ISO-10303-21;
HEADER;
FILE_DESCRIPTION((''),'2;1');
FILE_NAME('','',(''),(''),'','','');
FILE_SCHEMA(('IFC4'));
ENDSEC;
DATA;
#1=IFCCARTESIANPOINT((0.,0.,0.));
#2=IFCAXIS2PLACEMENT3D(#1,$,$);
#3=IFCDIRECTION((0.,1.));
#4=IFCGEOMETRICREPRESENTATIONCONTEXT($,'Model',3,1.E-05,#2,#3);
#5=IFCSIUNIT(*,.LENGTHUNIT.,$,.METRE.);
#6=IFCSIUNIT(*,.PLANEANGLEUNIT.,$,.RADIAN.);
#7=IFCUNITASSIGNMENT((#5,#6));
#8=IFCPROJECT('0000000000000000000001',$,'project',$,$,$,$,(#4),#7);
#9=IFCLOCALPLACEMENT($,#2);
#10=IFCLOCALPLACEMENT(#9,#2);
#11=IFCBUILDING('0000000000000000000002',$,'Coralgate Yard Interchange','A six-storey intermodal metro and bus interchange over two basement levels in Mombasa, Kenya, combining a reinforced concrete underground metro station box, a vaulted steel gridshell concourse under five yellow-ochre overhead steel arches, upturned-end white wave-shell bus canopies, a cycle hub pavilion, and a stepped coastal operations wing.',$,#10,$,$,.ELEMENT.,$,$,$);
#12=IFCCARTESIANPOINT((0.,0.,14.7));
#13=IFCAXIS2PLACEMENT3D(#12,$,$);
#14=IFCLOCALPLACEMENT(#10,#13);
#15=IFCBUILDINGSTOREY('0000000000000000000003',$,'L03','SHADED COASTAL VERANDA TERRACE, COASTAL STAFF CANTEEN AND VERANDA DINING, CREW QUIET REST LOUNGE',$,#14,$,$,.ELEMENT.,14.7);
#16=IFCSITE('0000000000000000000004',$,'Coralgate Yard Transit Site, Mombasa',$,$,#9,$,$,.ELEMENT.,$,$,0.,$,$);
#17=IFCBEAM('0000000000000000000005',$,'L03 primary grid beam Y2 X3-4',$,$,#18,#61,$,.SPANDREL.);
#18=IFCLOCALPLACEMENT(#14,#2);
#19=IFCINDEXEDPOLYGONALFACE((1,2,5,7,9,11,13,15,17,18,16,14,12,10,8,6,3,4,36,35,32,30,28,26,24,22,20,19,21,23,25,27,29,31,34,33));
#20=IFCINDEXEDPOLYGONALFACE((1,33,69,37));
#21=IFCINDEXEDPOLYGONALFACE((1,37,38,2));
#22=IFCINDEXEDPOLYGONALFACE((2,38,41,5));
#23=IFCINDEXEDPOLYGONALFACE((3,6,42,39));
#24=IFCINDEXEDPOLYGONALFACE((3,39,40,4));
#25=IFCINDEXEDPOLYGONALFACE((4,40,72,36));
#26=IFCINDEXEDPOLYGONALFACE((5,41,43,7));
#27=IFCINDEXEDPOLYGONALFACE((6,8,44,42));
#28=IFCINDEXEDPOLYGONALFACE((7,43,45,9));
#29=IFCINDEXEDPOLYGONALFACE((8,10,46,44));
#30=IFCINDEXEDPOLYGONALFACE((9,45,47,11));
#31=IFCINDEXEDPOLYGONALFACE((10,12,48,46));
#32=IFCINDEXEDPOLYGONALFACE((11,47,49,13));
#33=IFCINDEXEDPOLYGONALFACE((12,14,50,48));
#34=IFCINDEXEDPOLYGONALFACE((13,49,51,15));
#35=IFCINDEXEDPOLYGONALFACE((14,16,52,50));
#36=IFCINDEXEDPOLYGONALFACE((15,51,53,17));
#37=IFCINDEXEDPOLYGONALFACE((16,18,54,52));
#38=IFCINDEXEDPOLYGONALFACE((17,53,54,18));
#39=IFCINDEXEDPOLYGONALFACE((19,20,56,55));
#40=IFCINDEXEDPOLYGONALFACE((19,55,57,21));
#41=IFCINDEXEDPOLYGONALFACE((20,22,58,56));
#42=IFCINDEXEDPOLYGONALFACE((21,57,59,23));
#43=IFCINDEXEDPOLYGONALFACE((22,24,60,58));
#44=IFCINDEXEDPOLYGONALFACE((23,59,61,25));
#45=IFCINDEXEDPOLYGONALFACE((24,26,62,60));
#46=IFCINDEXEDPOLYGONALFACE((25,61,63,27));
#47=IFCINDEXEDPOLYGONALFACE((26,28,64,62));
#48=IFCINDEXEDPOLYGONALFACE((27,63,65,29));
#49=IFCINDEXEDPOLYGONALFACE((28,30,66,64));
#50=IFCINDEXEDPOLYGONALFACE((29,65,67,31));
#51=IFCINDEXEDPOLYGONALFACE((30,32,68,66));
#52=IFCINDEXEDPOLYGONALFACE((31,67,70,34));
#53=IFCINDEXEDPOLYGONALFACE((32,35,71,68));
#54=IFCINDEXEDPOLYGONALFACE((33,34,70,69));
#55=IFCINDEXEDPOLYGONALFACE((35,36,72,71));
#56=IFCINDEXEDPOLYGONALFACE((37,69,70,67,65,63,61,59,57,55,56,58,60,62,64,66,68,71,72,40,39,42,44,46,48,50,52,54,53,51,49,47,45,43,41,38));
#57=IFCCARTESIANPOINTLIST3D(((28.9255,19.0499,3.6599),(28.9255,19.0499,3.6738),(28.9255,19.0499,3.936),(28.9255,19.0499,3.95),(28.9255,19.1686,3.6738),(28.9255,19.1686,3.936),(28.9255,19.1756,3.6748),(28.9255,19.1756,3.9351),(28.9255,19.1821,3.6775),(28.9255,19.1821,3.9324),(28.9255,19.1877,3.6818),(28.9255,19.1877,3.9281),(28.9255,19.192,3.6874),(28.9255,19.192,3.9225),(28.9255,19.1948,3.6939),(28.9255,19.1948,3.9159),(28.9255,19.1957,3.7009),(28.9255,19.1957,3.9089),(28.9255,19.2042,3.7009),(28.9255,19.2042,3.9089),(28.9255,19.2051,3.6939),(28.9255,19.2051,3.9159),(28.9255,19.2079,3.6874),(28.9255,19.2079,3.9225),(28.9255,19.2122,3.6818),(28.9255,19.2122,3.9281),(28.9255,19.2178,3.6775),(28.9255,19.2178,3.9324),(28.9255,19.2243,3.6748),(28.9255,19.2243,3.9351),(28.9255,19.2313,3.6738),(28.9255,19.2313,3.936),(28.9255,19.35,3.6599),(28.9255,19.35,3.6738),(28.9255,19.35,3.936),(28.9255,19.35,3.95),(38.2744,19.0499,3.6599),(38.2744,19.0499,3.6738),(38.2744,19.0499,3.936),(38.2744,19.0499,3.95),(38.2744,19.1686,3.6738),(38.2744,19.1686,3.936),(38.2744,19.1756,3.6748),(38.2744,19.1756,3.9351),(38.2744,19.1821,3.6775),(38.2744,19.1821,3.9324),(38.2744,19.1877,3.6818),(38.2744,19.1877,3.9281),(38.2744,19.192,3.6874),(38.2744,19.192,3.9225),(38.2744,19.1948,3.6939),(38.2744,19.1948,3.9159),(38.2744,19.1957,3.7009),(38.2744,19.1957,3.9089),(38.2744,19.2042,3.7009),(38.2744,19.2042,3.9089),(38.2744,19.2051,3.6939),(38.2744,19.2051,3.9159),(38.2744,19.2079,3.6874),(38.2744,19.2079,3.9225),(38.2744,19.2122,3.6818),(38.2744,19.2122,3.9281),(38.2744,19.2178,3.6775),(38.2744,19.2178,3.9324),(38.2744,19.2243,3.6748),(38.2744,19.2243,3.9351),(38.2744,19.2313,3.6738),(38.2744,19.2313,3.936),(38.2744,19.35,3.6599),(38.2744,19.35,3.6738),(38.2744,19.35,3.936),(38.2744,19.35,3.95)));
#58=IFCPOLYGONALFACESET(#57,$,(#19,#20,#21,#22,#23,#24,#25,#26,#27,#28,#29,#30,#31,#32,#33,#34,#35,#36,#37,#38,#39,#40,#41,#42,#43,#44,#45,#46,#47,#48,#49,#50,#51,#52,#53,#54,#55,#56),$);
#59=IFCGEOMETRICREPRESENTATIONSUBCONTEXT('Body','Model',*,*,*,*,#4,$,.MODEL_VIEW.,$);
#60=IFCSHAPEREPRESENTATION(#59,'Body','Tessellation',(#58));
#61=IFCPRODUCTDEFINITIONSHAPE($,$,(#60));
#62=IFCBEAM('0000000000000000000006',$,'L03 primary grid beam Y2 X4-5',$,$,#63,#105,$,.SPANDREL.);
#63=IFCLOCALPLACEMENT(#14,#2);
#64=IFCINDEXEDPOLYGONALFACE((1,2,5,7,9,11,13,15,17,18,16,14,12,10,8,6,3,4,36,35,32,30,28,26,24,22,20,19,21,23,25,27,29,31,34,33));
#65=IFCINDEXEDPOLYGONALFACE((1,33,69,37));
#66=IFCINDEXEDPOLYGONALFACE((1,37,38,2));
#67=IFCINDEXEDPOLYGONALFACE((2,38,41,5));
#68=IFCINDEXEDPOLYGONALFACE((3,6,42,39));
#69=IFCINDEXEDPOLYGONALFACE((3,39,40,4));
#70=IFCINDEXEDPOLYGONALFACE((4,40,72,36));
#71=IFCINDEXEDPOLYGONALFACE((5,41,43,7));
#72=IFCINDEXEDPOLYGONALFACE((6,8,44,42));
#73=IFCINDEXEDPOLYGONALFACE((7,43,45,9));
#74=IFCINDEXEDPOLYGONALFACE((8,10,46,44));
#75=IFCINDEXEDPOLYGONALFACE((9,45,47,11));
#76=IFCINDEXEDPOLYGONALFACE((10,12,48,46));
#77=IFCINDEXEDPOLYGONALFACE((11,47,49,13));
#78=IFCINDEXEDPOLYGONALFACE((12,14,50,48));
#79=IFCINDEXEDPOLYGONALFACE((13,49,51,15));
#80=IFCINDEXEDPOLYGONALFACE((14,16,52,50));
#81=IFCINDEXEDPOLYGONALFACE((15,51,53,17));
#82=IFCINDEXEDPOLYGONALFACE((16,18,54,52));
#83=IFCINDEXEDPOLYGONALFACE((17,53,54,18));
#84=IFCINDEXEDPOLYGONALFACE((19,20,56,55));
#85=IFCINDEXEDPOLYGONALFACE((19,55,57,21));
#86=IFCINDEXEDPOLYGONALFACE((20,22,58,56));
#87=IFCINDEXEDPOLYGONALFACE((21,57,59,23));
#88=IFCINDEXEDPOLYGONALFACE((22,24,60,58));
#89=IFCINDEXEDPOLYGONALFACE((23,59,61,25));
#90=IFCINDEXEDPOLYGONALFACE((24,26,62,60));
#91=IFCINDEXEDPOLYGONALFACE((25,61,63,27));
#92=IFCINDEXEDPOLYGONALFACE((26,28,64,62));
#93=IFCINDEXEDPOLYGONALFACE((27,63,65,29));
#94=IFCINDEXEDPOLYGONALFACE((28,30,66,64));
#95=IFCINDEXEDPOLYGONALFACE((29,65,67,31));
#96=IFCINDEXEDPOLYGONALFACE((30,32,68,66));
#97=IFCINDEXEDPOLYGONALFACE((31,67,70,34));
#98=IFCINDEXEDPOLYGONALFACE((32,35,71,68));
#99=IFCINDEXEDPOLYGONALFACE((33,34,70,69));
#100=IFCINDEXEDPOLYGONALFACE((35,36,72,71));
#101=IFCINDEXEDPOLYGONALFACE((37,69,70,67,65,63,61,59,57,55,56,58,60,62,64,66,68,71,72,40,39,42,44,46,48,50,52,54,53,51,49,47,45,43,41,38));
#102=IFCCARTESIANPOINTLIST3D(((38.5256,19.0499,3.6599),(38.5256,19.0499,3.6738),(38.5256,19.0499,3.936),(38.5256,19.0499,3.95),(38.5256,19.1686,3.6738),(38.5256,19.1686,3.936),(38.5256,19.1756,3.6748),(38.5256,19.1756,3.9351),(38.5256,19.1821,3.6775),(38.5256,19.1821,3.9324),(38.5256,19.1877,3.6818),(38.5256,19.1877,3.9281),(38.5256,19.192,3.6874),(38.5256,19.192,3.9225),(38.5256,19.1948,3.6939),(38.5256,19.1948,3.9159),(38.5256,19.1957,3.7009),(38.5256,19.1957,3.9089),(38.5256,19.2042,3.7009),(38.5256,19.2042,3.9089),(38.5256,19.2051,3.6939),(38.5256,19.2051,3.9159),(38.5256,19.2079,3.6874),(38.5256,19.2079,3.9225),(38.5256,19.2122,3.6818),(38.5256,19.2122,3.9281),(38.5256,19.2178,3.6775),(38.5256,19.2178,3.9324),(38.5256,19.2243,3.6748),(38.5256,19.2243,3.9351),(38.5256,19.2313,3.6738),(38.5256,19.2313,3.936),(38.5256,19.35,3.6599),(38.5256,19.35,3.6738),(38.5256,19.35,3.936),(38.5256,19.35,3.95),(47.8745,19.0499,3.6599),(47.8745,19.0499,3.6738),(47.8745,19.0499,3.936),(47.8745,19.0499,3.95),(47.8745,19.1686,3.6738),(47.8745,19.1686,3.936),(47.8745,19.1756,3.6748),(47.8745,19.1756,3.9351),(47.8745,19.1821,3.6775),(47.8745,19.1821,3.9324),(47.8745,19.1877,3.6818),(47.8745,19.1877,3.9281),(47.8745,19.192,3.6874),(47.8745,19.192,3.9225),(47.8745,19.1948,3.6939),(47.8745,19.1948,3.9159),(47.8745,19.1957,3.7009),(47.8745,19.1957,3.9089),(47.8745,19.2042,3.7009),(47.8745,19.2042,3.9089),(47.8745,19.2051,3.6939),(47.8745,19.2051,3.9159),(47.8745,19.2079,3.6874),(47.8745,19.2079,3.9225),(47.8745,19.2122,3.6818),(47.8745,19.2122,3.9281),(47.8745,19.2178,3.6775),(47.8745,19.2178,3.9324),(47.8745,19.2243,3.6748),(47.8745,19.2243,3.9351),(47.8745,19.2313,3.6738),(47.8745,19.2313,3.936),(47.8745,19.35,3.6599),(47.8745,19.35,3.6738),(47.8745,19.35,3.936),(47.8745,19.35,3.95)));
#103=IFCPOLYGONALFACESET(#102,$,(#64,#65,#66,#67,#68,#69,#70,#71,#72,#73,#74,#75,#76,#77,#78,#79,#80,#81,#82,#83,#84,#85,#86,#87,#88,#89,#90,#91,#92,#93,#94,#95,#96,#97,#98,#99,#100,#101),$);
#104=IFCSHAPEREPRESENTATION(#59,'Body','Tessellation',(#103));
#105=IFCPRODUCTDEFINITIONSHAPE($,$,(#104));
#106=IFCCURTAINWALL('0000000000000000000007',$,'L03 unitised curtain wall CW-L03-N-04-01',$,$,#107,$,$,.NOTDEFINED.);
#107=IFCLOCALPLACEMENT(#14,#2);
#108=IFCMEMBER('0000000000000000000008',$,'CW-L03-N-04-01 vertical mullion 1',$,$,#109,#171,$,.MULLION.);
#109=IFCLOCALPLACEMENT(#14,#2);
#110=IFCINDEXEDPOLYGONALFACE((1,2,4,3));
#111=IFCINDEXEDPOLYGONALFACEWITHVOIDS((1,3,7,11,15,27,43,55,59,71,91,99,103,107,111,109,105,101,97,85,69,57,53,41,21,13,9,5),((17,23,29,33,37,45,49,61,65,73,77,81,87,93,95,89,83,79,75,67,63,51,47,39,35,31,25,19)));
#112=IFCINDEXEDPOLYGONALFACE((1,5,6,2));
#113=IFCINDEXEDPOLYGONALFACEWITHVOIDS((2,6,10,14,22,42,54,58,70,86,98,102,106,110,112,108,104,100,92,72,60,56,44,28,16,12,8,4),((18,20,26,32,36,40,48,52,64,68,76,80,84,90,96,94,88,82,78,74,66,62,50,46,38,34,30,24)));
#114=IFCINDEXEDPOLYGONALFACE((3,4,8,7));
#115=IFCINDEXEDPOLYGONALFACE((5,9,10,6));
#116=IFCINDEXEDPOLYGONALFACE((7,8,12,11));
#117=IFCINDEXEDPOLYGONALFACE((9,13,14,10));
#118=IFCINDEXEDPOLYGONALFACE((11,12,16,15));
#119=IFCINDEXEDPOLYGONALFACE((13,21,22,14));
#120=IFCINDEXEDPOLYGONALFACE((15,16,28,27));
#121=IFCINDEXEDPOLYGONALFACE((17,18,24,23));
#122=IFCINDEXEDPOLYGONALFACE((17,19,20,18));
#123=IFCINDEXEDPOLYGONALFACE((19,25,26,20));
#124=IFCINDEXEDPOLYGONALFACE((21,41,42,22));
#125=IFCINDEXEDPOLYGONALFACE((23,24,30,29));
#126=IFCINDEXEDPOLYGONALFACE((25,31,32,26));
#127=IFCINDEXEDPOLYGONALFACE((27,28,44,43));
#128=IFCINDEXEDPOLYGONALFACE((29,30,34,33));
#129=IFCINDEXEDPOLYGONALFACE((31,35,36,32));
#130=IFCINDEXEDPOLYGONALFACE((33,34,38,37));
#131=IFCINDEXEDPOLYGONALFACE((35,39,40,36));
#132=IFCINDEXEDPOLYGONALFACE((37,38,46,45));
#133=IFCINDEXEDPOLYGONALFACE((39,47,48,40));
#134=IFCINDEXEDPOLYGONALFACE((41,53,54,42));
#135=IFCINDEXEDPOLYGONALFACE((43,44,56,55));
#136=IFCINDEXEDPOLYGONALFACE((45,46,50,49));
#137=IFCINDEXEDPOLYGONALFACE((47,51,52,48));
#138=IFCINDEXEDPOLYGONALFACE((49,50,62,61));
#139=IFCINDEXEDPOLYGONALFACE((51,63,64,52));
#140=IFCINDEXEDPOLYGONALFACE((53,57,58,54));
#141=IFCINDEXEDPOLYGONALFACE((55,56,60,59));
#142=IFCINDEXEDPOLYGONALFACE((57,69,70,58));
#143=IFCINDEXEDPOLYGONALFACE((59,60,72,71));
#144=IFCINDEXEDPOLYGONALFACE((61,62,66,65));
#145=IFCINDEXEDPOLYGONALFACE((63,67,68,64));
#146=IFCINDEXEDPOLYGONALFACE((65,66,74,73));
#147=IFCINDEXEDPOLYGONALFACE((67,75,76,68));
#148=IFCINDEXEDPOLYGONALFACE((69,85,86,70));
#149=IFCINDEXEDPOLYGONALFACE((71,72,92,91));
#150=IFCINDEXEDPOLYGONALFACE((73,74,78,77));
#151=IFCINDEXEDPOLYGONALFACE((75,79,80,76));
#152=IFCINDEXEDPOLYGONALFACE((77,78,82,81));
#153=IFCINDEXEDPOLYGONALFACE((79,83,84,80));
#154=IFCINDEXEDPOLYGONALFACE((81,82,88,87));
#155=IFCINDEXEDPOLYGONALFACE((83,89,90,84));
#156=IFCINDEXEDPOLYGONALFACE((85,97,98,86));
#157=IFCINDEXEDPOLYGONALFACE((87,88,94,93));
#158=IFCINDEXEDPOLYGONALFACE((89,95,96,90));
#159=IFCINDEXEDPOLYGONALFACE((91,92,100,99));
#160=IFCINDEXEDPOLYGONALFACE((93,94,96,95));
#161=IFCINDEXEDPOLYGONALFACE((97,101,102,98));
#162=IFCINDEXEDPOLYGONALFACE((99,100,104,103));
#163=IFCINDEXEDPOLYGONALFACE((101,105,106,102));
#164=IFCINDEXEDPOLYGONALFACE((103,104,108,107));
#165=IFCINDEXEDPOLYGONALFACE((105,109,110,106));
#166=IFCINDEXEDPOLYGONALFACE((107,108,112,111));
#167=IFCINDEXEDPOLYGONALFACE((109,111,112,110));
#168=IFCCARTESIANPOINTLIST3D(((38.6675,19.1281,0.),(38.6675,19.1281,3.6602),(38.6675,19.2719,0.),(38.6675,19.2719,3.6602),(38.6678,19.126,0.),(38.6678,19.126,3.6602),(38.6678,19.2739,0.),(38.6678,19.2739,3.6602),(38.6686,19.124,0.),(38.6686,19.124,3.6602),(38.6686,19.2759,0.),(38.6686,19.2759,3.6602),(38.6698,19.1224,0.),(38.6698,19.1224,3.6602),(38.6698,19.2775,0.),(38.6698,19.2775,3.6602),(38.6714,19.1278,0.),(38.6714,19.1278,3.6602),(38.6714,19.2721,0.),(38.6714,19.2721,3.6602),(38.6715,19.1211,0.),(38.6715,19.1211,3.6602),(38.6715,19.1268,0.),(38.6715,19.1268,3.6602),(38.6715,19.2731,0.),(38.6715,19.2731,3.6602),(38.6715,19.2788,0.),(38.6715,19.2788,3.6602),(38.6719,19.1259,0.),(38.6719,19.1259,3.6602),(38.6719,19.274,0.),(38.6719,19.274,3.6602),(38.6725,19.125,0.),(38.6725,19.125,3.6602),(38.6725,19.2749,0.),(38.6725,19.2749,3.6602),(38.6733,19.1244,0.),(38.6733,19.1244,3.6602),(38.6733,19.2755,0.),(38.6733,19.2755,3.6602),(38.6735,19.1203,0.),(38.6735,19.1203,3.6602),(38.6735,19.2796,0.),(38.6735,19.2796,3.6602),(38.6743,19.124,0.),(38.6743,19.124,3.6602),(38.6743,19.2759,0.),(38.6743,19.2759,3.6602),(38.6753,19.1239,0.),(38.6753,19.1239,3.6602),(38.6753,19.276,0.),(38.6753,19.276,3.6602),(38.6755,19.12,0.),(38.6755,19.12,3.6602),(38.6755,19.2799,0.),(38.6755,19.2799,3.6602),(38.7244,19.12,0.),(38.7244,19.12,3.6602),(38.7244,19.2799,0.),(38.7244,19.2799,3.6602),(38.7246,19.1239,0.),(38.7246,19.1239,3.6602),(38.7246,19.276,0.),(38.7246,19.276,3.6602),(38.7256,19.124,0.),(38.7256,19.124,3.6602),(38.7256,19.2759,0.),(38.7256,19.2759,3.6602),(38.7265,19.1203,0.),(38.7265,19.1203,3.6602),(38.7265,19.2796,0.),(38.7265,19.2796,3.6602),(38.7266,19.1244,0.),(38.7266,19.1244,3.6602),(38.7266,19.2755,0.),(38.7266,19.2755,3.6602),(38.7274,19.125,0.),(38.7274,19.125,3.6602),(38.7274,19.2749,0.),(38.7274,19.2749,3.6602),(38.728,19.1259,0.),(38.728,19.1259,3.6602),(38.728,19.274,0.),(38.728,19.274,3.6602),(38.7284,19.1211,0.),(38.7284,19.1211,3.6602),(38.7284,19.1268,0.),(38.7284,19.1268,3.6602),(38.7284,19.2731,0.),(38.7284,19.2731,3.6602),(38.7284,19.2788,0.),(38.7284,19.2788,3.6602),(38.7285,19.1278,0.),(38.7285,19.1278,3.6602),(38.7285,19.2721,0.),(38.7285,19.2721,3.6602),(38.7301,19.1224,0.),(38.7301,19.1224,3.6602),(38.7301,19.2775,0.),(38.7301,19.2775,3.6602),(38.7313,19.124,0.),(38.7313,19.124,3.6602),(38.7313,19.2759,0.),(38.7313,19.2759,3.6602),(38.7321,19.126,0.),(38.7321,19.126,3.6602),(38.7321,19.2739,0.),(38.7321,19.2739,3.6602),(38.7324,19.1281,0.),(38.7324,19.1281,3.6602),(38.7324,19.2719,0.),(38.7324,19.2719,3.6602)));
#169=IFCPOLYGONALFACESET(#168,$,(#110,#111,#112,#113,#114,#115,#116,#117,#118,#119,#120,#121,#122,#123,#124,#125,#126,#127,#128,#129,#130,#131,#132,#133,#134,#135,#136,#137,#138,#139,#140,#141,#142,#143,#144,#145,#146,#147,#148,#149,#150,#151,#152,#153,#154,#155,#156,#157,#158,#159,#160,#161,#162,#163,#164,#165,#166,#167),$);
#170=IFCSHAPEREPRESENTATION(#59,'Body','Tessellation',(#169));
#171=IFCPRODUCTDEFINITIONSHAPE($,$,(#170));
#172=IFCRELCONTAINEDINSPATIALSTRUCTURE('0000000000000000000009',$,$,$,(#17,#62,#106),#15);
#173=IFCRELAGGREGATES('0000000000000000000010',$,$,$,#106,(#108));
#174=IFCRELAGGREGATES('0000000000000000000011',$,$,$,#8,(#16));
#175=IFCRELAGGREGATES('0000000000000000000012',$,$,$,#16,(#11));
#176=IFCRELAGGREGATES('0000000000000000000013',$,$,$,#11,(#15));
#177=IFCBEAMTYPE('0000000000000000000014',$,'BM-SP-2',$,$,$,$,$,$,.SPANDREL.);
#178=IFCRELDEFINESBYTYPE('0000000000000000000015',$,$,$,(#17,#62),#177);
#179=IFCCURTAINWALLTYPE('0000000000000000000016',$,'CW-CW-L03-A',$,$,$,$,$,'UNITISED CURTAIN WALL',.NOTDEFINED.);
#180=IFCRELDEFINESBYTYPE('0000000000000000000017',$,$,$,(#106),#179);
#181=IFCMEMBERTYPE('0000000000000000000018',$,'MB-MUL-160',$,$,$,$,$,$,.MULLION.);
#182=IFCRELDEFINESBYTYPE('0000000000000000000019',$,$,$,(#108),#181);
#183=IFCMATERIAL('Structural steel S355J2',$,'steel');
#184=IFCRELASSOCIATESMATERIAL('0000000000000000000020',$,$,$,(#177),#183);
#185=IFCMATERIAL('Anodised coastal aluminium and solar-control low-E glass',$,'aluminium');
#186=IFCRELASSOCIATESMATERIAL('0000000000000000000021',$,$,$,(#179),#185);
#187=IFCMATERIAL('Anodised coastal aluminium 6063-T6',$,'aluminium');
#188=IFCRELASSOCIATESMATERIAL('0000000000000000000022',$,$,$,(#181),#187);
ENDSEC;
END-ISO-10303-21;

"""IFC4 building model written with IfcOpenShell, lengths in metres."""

from ifc_helpers import new_model, si_unit, direction, frame, origin, origin_2d, place, context, subcontext, project, spatial, hollow_rectangle, i_section, extrude, material, material_profile, profile_set, type_object, element, aggregate, save


model = new_model("IFC4")

# Units and contexts
model_context = context("Model", 3, precision=1e-05, world=origin(), true_north=direction((0.0, 1.0)))
body_context = subcontext(model_context, "Body", "Model", "MODEL_VIEW")
ifc_project = project(units=[si_unit("LENGTHUNIT", "METRE"), si_unit("PLANEANGLEUNIT", "RADIAN")], contexts=[model_context])

# Site, building, storey
site_placement = place(None, origin())
site = spatial("IfcSite", under=ifc_project, at=site_placement, Name="Coralgate Yard Transit Site, Mombasa", CompositionType="ELEMENT", RefElevation=0.0)
building_placement = place(site_placement, origin())
building = spatial("IfcBuilding", under=site, at=building_placement, Name="Coralgate Yard Interchange", Description="A six-storey intermodal metro and bus interchange over two basement levels in Mombasa, Kenya, combining a reinforced concrete underground metro station box, a vaulted steel gridshell concourse under five yellow-ochre overhead steel arches, upturned-end white wave-shell bus canopies, a cycle hub pavilion, and a stepped coastal operations wing.", CompositionType="ELEMENT")
storey_placement = place(building_placement, frame((0.0, 0.0, 14.7)))
storey = spatial("IfcBuildingStorey", under=building, at=storey_placement, Name="L03", Description="SHADED COASTAL VERANDA TERRACE, COASTAL STAFF CANTEEN AND VERANDA DINING, CREW QUIET REST LOUNGE", CompositionType="ELEMENT", Elevation=14.7)

# Shared definitions
ifc_material_1 = material(Name="Structural steel S355J2", Category="steel")

# Beams
ifc_material_profile_1 = material_profile(ifc_material_1, i_section(OverallWidth=0.3, OverallDepth=0.29, WebThickness=0.0085, FlangeThickness=0.0139, FilletRadius=0.0271, at=origin_2d()), Name="HEA 300")
ifc_profile_set_1 = profile_set([ifc_material_profile_1], Name="Structural steel S355J2")
beam_type_1 = type_object("IfcBeamType", Name="BM-SP-2", PredefinedType="SPANDREL", material=ifc_profile_set_1)
for number, where, z_axis, x_axis, name in (
    (1, (28.9255, 19.2, 3.8049), (1.0, 0.0, 0.0), (0.0, 1.0, 0.0), "L03 primary grid beam Y2 X3-4"),
    (2, (38.5256, 19.2, 3.8049), (1.0, 0.0, 0.0), (0.0, 1.0, 0.0), "L03 primary grid beam Y2 X4-5"),
):
    element("IfcBeam", number, at=place(storey_placement, frame(where, z_axis=z_axis, x_axis=x_axis)), inside=storey, type_object=beam_type_1, Name=name, PredefinedType="SPANDREL", context=body_context, shape_type="SweptSolid", body=[
        extrude(i_section(OverallWidth=0.3, OverallDepth=0.29, WebThickness=0.0085, FlangeThickness=0.0139, FilletRadius=0.0271, at=origin_2d()), origin(), (0.0, 0.0, 1.0), 9.3489),
    ])

# Curtain wall, member
ifc_material_2 = material(Name="Anodised coastal aluminium and solar-control low-E glass", Category="aluminium")
curtain_wall_type = type_object("IfcCurtainWallType", Name="CW-CW-L03-A", ElementType="UNITISED CURTAIN WALL", PredefinedType="NOTDEFINED", material=ifc_material_2)
curtain_wall_placement = place(storey_placement, origin())
curtain_wall = element("IfcCurtainWall", 3, at=curtain_wall_placement, inside=storey, type_object=curtain_wall_type, Name="L03 unitised curtain wall CW-L03-N-04-01", PredefinedType="NOTDEFINED")
ifc_material_3 = material(Name="Anodised coastal aluminium 6063-T6", Category="aluminium")
ifc_material_profile_2 = material_profile(ifc_material_3, hollow_rectangle(XDim=0.0649, YDim=0.1599, WallThickness=0.0039, InnerFilletRadius=0.0039, OuterFilletRadius=0.0081, at=origin_2d()), Name="ALU 65x160x4")
ifc_profile_set_2 = profile_set([ifc_material_profile_2], Name="Anodised coastal aluminium 6063-T6")
member_type = type_object("IfcMemberType", Name="MB-MUL-160", PredefinedType="MULLION", material=ifc_profile_set_2)
member_placement = place(storey_placement, frame((38.7, 19.2, 0.0), z_axis=(0.0, 0.0, 1.0), x_axis=(1.0, 0.0, 0.0)))
member = element("IfcMember", 4, at=member_placement, type_object=member_type, Name="CW-L03-N-04-01 vertical mullion 1", PredefinedType="MULLION", context=body_context, shape_type="SweptSolid", body=[
    extrude(hollow_rectangle(XDim=0.0649, YDim=0.1599, WallThickness=0.0039, InnerFilletRadius=0.0039, OuterFilletRadius=0.0081, at=origin_2d()), origin(), (0.0, 0.0, 1.0), 3.6602),
])
aggregate(curtain_wall, [member])

save(model, "model.ifc")
